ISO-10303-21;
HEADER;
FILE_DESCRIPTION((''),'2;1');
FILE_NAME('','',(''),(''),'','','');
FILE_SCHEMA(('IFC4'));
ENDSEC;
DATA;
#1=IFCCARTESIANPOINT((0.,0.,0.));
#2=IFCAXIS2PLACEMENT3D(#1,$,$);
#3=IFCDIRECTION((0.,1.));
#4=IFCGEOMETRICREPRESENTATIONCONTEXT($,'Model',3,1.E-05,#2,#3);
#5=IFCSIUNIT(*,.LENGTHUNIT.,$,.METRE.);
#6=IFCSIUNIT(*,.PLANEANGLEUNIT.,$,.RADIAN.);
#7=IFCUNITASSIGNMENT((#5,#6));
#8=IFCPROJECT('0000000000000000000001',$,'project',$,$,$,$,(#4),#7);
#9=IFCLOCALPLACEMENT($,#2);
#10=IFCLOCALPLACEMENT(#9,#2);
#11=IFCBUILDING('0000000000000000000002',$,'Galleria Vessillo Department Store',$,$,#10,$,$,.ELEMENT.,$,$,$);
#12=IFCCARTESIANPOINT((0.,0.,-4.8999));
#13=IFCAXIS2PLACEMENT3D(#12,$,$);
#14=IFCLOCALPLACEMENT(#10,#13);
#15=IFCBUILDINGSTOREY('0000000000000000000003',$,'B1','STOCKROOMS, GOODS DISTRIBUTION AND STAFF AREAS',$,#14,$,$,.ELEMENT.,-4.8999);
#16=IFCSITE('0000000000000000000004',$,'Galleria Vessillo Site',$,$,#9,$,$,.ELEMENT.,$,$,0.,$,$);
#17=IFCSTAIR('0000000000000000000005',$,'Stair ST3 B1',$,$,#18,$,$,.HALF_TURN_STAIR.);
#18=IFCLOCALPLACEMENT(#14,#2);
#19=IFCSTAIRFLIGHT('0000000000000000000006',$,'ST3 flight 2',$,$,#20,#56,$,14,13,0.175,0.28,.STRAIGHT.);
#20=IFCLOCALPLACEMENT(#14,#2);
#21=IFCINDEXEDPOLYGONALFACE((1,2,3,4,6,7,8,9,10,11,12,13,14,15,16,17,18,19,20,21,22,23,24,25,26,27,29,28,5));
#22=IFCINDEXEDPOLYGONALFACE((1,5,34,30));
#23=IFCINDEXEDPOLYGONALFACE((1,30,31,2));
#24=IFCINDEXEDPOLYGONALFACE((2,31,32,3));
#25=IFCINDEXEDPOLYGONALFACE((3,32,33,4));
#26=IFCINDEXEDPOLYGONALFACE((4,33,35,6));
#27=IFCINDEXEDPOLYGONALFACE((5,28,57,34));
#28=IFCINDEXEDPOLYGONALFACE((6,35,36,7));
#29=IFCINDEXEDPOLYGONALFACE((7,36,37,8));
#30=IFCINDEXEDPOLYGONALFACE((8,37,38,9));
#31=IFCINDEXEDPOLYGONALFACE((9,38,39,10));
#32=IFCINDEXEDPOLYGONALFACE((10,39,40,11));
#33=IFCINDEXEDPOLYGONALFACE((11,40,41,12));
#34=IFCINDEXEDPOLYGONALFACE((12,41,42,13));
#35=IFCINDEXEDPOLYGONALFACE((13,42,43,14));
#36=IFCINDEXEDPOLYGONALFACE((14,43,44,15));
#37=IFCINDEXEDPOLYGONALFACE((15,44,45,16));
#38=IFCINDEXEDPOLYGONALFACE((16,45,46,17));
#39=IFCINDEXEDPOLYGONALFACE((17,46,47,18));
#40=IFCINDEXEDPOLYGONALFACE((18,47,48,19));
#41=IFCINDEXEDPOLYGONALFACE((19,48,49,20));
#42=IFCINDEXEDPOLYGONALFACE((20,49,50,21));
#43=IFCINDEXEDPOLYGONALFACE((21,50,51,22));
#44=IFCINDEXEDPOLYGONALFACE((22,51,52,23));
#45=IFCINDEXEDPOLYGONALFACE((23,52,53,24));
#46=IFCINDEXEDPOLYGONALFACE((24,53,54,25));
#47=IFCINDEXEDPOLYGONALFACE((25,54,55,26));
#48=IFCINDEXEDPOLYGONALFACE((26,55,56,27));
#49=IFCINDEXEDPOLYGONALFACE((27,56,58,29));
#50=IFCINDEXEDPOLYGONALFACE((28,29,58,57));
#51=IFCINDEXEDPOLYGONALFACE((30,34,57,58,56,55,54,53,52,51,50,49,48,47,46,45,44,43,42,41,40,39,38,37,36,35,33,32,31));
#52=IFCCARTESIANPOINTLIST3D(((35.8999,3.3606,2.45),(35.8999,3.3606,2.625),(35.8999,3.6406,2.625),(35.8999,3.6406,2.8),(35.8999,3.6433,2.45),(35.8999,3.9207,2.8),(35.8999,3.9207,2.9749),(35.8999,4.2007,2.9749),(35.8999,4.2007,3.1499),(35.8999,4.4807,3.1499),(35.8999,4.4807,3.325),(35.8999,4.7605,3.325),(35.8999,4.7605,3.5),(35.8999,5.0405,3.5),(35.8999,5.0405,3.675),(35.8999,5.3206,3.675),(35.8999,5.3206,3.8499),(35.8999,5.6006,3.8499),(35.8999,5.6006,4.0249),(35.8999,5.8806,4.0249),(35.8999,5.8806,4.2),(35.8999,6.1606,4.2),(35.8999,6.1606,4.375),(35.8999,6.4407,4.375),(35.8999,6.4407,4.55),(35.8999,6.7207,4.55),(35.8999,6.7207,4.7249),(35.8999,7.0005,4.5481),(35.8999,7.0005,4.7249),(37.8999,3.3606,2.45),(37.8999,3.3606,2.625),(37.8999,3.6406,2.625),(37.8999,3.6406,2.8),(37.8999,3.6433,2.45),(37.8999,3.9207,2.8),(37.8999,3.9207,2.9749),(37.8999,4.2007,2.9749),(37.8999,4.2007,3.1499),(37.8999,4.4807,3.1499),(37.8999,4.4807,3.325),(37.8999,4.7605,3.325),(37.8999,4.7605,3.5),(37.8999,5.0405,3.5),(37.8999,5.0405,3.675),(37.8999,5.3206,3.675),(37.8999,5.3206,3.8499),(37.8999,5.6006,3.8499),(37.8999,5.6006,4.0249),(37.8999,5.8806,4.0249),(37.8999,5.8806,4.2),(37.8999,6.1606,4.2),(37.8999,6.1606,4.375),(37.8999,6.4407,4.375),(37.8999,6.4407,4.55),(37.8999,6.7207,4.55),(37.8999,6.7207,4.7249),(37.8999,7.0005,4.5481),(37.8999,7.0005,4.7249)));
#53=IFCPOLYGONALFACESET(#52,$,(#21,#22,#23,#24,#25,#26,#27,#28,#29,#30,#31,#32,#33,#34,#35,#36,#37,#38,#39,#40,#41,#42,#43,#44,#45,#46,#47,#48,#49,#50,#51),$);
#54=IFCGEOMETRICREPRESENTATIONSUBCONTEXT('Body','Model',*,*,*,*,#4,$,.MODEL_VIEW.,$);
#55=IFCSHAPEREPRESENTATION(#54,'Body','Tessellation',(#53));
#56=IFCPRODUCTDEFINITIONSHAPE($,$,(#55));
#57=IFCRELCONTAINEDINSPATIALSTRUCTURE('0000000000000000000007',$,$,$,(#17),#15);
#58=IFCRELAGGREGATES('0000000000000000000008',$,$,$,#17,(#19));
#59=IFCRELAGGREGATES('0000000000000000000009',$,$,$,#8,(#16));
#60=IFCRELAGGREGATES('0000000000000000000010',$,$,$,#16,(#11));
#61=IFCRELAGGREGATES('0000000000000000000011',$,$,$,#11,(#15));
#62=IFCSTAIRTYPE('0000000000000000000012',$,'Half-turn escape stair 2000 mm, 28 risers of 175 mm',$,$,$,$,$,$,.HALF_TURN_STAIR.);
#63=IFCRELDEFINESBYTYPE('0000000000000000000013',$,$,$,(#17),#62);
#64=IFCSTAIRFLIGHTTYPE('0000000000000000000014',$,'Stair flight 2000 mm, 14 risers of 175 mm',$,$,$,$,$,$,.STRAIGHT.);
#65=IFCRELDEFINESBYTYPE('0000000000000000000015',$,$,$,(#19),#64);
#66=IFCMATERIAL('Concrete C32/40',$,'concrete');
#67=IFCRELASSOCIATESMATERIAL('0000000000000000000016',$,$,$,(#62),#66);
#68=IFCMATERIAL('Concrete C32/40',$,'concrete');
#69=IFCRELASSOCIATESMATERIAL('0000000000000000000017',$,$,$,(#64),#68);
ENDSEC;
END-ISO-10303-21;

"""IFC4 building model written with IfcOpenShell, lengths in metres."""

from ifc_helpers import new_model, si_unit, direction, frame, origin, place, context, subcontext, project, spatial, polyline, outline, extrude, material, type_object, element, aggregate, save


model = new_model("IFC4")

# Units and contexts
model_context = context("Model", 3, precision=1e-05, world=origin(), true_north=direction((0.0, 1.0)))
body_context = subcontext(model_context, "Body", "Model", "MODEL_VIEW")
ifc_project = project(units=[si_unit("LENGTHUNIT", "METRE"), si_unit("PLANEANGLEUNIT", "RADIAN")], contexts=[model_context])

# Site, building, storey
site_placement = place(None, origin())
site = spatial("IfcSite", under=ifc_project, at=site_placement, Name="Galleria Vessillo Site", CompositionType="ELEMENT", RefElevation=0.0)
building_placement = place(site_placement, origin())
building = spatial("IfcBuilding", under=site, at=building_placement, Name="Galleria Vessillo Department Store", CompositionType="ELEMENT")
storey_placement = place(building_placement, frame((0.0, 0.0, -4.8999)))
storey = spatial("IfcBuildingStorey", under=building, at=storey_placement, Name="B1", Description="STOCKROOMS, GOODS DISTRIBUTION AND STAFF AREAS", CompositionType="ELEMENT", Elevation=-4.8999)

# Stair, stair flight
ifc_material_1 = material(Name="Concrete C32/40", Category="concrete")
stair_type = type_object("IfcStairType", Name="Half-turn escape stair 2000 mm, 28 risers of 175 mm", PredefinedType="HALF_TURN_STAIR", material=ifc_material_1)
stair_placement = place(storey_placement, origin())
stair = element("IfcStair", 1, at=stair_placement, inside=storey, type_object=stair_type, Name="Stair ST3 B1", PredefinedType="HALF_TURN_STAIR")
ifc_material_2 = material(Name="Concrete C32/40", Category="concrete")
stair_flight_type = type_object("IfcStairFlightType", Name="Stair flight 2000 mm, 14 risers of 175 mm", PredefinedType="STRAIGHT", material=ifc_material_2)
stair_flight_placement = place(storey_placement, frame((36.8999, 3.3606, 2.45), z_axis=(0.0, 0.0, 1.0), x_axis=(0.0, 1.0, 0.0)))
stair_flight = element("IfcStairFlight", 2, at=stair_flight_placement, type_object=stair_flight_type, Name="ST3 flight 2", NumberOfRisers=14, NumberOfTreads=13, PredefinedType="STRAIGHT", RiserHeight=0.175, TreadLength=0.28, context=body_context, shape_type="SweptSolid", body=[
    extrude(outline(polyline([(0.0, 0.0), (0.0, 0.175), (0.28, 0.175), (0.28, 0.3501), (0.5601, 0.3501), (0.5601, 0.5249), (0.8401, 0.5249), (0.8401, 0.7), (1.1201, 0.7), (1.1201, 0.875), (1.3999, 0.875), (1.3999, 1.05), (1.6799, 1.05), (1.6799, 1.2251), (1.96, 1.2251), (1.96, 1.3999), (2.24, 1.3999), (2.24, 1.575), (2.52, 1.575), (2.52, 1.75), (2.8, 1.75), (2.8, 1.925), (3.0801, 1.925), (3.0801, 2.1001), (3.3601, 2.1001), (3.3601, 2.2749), (3.6399, 2.2749), (3.6399, 2.45), (3.6399, 2.0981), (0.2827, 0.0), (0.0, 0.0)])), frame((0.0, 1.0, 0.0), z_axis=(0.0, -1.0, 0.0), x_axis=(1.0, 0.0, 0.0)), (0.0, 0.0, 1.0), 2.0),
])
aggregate(stair, [stair_flight])

save(model, "model.ifc")
